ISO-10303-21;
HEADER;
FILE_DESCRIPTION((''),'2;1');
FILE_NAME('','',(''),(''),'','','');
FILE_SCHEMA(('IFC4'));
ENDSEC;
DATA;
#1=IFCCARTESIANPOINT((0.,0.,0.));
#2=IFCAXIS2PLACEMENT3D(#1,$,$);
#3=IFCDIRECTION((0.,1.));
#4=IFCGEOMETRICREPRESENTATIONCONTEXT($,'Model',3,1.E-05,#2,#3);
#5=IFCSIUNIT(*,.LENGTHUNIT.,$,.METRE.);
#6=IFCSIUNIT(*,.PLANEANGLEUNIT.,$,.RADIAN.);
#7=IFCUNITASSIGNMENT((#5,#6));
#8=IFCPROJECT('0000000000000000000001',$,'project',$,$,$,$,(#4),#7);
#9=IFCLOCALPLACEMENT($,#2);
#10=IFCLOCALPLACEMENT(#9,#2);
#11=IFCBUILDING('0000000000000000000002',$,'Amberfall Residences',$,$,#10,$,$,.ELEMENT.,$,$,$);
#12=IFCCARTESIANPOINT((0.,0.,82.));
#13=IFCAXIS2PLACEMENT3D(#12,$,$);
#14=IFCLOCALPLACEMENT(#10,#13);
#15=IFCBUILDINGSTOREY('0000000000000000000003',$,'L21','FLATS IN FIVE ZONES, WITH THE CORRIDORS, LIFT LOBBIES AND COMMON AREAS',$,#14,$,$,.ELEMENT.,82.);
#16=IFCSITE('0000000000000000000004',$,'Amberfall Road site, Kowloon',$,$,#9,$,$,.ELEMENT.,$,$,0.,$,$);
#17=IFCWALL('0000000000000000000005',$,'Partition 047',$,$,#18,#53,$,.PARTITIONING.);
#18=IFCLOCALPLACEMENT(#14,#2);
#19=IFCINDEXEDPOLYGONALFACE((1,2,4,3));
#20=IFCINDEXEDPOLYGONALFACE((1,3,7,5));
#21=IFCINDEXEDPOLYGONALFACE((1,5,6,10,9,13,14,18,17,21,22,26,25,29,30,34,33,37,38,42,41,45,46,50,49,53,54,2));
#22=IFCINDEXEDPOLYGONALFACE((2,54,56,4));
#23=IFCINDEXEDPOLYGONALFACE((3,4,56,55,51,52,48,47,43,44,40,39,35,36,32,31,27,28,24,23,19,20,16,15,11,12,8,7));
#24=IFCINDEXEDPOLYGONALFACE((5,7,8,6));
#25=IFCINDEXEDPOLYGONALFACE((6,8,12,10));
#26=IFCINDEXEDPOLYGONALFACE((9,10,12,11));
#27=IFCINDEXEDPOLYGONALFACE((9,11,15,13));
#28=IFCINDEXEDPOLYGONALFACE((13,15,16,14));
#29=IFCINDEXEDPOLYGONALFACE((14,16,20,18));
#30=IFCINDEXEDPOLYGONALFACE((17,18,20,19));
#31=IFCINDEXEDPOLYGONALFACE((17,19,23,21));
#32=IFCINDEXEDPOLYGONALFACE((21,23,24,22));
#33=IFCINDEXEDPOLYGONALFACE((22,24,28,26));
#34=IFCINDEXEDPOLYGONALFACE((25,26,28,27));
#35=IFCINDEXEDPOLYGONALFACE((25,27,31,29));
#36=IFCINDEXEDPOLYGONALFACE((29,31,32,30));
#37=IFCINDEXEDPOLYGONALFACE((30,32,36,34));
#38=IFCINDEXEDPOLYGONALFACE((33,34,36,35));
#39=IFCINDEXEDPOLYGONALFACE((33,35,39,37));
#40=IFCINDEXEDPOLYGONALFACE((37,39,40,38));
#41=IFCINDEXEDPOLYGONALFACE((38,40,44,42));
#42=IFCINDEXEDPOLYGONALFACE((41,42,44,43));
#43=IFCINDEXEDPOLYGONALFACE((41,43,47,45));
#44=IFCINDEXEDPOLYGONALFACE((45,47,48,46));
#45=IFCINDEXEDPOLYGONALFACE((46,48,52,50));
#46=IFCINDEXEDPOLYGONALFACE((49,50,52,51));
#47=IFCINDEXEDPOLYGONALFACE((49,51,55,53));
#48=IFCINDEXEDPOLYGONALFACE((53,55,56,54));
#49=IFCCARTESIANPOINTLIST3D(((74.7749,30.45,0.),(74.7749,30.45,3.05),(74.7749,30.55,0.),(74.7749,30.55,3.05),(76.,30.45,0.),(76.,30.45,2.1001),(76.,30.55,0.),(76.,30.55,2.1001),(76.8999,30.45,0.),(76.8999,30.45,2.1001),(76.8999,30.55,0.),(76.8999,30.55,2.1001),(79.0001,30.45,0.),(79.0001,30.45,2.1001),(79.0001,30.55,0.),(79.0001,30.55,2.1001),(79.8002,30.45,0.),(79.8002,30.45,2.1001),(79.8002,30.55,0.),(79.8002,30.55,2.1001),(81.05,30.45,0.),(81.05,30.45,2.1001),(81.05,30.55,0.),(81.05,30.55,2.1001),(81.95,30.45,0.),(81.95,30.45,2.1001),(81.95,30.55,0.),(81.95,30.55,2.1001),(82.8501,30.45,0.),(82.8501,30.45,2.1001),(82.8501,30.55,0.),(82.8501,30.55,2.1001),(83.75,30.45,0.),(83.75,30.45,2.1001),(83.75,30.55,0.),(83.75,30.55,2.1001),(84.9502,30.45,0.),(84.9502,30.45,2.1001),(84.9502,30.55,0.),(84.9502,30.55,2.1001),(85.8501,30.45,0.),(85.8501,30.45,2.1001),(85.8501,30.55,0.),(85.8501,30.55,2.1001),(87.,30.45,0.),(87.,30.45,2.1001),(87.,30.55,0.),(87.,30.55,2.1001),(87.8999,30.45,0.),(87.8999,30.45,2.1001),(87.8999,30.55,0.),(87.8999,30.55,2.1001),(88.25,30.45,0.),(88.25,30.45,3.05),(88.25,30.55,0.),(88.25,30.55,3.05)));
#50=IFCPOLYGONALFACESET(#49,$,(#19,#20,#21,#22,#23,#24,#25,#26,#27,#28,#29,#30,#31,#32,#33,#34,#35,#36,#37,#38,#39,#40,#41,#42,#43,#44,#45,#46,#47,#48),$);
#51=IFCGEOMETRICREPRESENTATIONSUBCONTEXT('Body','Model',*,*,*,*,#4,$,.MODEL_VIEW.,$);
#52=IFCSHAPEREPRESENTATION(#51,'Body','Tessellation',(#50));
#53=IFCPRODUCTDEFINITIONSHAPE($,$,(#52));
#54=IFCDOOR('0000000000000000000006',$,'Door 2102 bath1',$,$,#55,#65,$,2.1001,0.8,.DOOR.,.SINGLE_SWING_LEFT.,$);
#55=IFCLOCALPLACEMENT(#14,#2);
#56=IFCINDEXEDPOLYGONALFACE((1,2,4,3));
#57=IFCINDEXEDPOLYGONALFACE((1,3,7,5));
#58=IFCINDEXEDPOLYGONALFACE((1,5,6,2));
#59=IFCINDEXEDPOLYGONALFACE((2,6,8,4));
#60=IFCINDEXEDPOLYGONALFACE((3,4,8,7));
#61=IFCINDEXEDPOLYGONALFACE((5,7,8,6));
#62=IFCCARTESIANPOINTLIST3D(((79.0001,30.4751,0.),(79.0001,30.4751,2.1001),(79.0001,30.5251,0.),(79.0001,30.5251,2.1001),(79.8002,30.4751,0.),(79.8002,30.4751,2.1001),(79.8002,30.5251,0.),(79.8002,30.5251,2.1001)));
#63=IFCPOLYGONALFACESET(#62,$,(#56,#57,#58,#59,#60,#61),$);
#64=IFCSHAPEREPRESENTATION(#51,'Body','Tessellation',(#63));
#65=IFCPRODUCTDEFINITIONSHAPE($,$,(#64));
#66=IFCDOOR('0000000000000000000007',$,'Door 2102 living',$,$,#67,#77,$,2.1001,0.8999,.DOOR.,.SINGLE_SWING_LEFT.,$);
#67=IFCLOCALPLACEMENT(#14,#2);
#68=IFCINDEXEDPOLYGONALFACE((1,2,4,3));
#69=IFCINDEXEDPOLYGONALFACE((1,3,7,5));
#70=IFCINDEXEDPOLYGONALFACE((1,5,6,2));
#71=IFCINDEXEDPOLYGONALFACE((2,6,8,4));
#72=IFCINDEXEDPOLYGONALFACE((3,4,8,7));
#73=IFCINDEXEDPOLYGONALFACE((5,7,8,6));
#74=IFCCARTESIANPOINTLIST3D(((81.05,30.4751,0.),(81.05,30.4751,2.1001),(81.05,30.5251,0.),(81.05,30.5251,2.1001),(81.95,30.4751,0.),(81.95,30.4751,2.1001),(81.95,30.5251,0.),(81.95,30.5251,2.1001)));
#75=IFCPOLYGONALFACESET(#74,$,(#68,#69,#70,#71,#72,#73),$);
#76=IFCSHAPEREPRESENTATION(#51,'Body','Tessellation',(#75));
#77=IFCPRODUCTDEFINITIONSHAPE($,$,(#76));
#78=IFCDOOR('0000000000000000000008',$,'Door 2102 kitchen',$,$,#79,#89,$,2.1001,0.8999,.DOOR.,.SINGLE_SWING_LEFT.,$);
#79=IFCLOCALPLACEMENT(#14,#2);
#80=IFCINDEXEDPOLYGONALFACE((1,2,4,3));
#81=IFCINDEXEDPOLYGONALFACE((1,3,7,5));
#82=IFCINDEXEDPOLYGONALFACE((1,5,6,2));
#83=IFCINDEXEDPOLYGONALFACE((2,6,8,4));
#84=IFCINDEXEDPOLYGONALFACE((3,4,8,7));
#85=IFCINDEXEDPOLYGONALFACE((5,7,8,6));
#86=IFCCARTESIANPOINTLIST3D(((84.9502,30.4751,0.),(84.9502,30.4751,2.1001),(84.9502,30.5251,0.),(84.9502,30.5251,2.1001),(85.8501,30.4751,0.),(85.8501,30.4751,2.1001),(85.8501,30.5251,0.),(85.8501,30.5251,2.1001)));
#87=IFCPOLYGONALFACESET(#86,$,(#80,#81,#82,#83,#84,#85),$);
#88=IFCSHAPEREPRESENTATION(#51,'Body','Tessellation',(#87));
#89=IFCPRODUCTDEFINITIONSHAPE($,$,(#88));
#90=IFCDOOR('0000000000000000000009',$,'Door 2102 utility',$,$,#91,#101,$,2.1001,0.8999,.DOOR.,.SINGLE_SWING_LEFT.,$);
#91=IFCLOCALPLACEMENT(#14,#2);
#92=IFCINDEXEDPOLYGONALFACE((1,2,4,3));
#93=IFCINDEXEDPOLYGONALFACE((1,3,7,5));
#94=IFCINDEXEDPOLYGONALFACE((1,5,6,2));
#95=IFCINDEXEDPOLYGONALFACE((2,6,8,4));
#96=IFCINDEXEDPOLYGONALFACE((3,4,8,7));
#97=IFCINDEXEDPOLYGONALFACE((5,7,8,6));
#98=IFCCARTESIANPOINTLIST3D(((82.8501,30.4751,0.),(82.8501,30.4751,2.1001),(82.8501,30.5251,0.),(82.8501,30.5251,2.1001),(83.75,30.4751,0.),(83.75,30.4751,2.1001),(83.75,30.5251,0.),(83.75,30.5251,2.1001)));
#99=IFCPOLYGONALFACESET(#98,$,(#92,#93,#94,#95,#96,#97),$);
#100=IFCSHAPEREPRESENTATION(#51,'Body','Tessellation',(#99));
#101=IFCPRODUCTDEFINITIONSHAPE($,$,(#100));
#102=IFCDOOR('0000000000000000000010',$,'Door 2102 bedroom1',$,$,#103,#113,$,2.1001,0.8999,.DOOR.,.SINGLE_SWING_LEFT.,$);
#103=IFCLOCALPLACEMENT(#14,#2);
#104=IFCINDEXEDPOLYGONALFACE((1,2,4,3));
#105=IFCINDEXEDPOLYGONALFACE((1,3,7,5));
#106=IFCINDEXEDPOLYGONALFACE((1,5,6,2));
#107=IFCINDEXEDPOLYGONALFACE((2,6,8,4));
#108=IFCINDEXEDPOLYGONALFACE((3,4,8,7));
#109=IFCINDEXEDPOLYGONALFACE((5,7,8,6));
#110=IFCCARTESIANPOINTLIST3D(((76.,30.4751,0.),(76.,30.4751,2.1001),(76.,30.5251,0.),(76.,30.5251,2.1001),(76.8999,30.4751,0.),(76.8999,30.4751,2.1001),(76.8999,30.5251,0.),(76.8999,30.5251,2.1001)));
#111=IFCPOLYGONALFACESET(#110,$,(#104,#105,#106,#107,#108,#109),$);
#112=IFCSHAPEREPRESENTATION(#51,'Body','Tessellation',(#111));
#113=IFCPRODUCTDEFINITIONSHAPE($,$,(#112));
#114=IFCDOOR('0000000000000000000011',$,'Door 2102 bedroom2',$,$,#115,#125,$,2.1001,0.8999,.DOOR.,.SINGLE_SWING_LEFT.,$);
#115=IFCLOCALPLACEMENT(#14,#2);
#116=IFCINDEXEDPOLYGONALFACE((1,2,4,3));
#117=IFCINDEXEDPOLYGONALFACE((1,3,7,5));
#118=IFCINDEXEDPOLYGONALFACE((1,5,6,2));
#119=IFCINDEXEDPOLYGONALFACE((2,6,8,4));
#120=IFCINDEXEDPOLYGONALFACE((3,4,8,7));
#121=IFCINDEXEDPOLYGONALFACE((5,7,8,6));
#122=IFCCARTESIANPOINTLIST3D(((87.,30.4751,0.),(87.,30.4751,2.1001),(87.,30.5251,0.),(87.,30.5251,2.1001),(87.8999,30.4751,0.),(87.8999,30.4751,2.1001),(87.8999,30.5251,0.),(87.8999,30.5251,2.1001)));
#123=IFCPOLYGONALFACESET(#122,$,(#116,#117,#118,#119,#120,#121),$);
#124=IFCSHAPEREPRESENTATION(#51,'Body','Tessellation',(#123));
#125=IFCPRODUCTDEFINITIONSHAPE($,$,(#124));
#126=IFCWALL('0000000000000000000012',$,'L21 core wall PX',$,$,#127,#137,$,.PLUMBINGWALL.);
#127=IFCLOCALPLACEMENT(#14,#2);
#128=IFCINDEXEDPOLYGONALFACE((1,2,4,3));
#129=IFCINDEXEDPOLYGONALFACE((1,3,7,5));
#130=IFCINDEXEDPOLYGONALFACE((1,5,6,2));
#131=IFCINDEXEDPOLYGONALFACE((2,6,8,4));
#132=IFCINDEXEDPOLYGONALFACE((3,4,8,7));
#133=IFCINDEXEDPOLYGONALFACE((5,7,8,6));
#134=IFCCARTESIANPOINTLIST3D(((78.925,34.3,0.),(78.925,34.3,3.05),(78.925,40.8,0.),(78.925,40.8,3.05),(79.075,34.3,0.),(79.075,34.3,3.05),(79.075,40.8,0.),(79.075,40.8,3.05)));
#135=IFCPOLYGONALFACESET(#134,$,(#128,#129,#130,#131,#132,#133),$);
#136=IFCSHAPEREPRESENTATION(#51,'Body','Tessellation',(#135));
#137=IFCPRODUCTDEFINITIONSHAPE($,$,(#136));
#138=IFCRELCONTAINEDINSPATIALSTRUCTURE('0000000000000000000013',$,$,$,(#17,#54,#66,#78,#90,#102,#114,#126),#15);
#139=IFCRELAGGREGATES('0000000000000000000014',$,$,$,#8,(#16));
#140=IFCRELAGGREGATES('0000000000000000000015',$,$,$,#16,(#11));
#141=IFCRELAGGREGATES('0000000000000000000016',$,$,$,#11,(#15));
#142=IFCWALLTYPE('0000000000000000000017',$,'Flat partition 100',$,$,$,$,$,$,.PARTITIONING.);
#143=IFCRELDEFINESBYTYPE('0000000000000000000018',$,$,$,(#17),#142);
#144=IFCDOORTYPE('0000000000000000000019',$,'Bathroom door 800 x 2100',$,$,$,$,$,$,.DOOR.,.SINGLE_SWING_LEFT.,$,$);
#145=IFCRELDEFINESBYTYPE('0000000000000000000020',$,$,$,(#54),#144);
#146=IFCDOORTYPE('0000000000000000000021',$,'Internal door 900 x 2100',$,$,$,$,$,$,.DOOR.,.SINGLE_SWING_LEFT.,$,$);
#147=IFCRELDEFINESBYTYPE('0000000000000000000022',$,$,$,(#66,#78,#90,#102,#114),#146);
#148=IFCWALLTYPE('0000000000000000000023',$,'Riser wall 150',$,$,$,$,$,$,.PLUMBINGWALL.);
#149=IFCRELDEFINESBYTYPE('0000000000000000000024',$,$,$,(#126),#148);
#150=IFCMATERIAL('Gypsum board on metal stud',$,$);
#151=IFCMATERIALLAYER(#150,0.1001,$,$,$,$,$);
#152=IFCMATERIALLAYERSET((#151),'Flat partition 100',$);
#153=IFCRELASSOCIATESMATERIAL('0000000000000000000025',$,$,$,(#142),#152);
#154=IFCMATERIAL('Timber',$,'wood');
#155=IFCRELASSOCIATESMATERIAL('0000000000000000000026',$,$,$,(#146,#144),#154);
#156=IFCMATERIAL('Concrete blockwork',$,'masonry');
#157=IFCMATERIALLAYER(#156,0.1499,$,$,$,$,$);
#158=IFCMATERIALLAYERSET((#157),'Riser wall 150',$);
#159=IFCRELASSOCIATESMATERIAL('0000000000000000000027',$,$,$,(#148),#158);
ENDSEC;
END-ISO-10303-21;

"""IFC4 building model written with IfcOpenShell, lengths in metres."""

from ifc_helpers import new_model, si_unit, direction, frame, frame_2d, origin, place, context, subcontext, project, spatial, rectangle, extrude, material, layer, layer_set, type_object, element, fill, save


model = new_model("IFC4")

# Units and contexts
model_context = context("Model", 3, precision=1e-05, world=origin(), true_north=direction((0.0, 1.0)))
body_context = subcontext(model_context, "Body", "Model", "MODEL_VIEW")
ifc_project = project(units=[si_unit("LENGTHUNIT", "METRE"), si_unit("PLANEANGLEUNIT", "RADIAN")], contexts=[model_context])

# Site, building, storey
site_placement = place(None, origin())
site = spatial("IfcSite", under=ifc_project, at=site_placement, Name="Amberfall Road site, Kowloon", CompositionType="ELEMENT", RefElevation=0.0)
building_placement = place(site_placement, origin())
building = spatial("IfcBuilding", under=site, at=building_placement, Name="Amberfall Residences", CompositionType="ELEMENT")
storey_placement = place(building_placement, frame((0.0, 0.0, 82.0)))
storey = spatial("IfcBuildingStorey", under=building, at=storey_placement, Name="L21", Description="FLATS IN FIVE ZONES, WITH THE CORRIDORS, LIFT LOBBIES AND COMMON AREAS", CompositionType="ELEMENT", Elevation=82.0)

# Shared definitions
ifc_material_1 = material(Name="Gypsum board on metal stud")
ifc_layer_1 = layer(ifc_material_1, 0.1001)
ifc_layer_set_1 = layer_set([ifc_layer_1], Name="Flat partition 100")
wall_type_1 = type_object("IfcWallType", Name="Flat partition 100", PredefinedType="PARTITIONING", material=ifc_layer_set_1)

# Wall, openings, doors
ifc_material_2 = material(Name="Timber", Category="wood")
door_type_1 = type_object("IfcDoorType", Name="Internal door 900 x 2100", OperationType="SINGLE_SWING_LEFT", PredefinedType="DOOR", material=ifc_material_2)
wall_1_placement = place(storey_placement, frame((88.25, 30.5, 0.0), z_axis=(0.0, 0.0, 1.0), x_axis=(-1.0, 0.0, 0.0)))
wall_1 = element("IfcWall", 1, at=wall_1_placement, inside=storey, type_object=wall_type_1, Name="Partition 047", PredefinedType="PARTITIONING", context=body_context, shape_type="SweptSolid", body=[
    extrude(rectangle(XDim=13.4751, YDim=0.1001, at=frame_2d((6.7375, 0.0))), origin(), (0.0, 0.0, 1.0), 3.05),
])
opening_1_placement = place(wall_1_placement, frame((6.3, 0.0, 0.0)))
opening_1 = element("IfcOpeningElement", 2, at=opening_1_placement, cuts=wall_1, PredefinedType="OPENING", context=body_context, shape_type="SweptSolid", body=[
    extrude(rectangle(XDim=0.8999, YDim=2.1001, at=frame_2d((0.45, 1.05))), frame((0.0, 0.0601, 0.0), z_axis=(0.0, -1.0, 0.0), x_axis=(1.0, 0.0, 0.0)), (0.0, 0.0, 1.0), 0.1201),
])
opening_2_placement = place(wall_1_placement, frame((2.3999, 0.0, 0.0)))
opening_2 = element("IfcOpeningElement", 3, at=opening_2_placement, cuts=wall_1, PredefinedType="OPENING", context=body_context, shape_type="SweptSolid", body=[
    extrude(rectangle(XDim=0.8999, YDim=2.1001, at=frame_2d((0.45, 1.05))), frame((0.0, 0.0601, 0.0), z_axis=(0.0, -1.0, 0.0), x_axis=(1.0, 0.0, 0.0)), (0.0, 0.0, 1.0), 0.1201),
])
opening_3_placement = place(wall_1_placement, frame((4.5, 0.0, 0.0)))
opening_3 = element("IfcOpeningElement", 4, at=opening_3_placement, cuts=wall_1, PredefinedType="OPENING", context=body_context, shape_type="SweptSolid", body=[
    extrude(rectangle(XDim=0.8999, YDim=2.1001, at=frame_2d((0.45, 1.05))), frame((0.0, 0.0601, 0.0), z_axis=(0.0, -1.0, 0.0), x_axis=(1.0, 0.0, 0.0)), (0.0, 0.0, 1.0), 0.1201),
])
opening_4_placement = place(wall_1_placement, frame((11.3501, 0.0, 0.0)))
opening_4 = element("IfcOpeningElement", 5, at=opening_4_placement, cuts=wall_1, PredefinedType="OPENING", context=body_context, shape_type="SweptSolid", body=[
    extrude(rectangle(XDim=0.8999, YDim=2.1001, at=frame_2d((0.45, 1.05))), frame((0.0, 0.0601, 0.0), z_axis=(0.0, -1.0, 0.0), x_axis=(1.0, 0.0, 0.0)), (0.0, 0.0, 1.0), 0.1201),
])
opening_5_placement = place(wall_1_placement, frame((0.3501, 0.0, 0.0)))
opening_5 = element("IfcOpeningElement", 6, at=opening_5_placement, cuts=wall_1, PredefinedType="OPENING", context=body_context, shape_type="SweptSolid", body=[
    extrude(rectangle(XDim=0.8999, YDim=2.1001, at=frame_2d((0.45, 1.05))), frame((0.0, 0.0601, 0.0), z_axis=(0.0, -1.0, 0.0), x_axis=(1.0, 0.0, 0.0)), (0.0, 0.0, 1.0), 0.1201),
])
opening_6_placement = place(wall_1_placement, frame((8.45, 0.0, 0.0)))
opening_6 = element("IfcOpeningElement", 7, at=opening_6_placement, cuts=wall_1, PredefinedType="OPENING", context=body_context, shape_type="SweptSolid", body=[
    extrude(rectangle(XDim=0.8, YDim=2.1001, at=frame_2d((0.3999, 1.05))), frame((0.0, 0.0601, 0.0), z_axis=(0.0, -1.0, 0.0), x_axis=(1.0, 0.0, 0.0)), (0.0, 0.0, 1.0), 0.1201),
])
door_type_2 = type_object("IfcDoorType", Name="Bathroom door 800 x 2100", OperationType="SINGLE_SWING_LEFT", PredefinedType="DOOR", material=ifc_material_2)
door_1_placement = place(opening_6_placement, origin())
door_1 = element("IfcDoor", 8, at=door_1_placement, inside=storey, type_object=door_type_2, Name="Door 2102 bath1", OperationType="SINGLE_SWING_LEFT", OverallHeight=2.1001, OverallWidth=0.8, PredefinedType="DOOR", context=body_context, shape_type="SweptSolid", body=[
    extrude(rectangle(XDim=0.8, YDim=2.1001, at=frame_2d((0.3999, 1.05))), frame((0.0, 0.0249, 0.0), z_axis=(0.0, -1.0, 0.0), x_axis=(1.0, 0.0, 0.0)), (0.0, 0.0, 1.0), 0.05),
])
fill(opening_6, door_1)
door_2_placement = place(opening_1_placement, origin())
door_2 = element("IfcDoor", 9, at=door_2_placement, inside=storey, type_object=door_type_1, Name="Door 2102 living", OperationType="SINGLE_SWING_LEFT", OverallHeight=2.1001, OverallWidth=0.8999, PredefinedType="DOOR", context=body_context, shape_type="SweptSolid", body=[
    extrude(rectangle(XDim=0.8999, YDim=2.1001, at=frame_2d((0.45, 1.05))), frame((0.0, 0.0249, 0.0), z_axis=(0.0, -1.0, 0.0), x_axis=(1.0, 0.0, 0.0)), (0.0, 0.0, 1.0), 0.05),
])
fill(opening_1, door_2)
door_3_placement = place(opening_2_placement, origin())
door_3 = element("IfcDoor", 10, at=door_3_placement, inside=storey, type_object=door_type_1, Name="Door 2102 kitchen", OperationType="SINGLE_SWING_LEFT", OverallHeight=2.1001, OverallWidth=0.8999, PredefinedType="DOOR", context=body_context, shape_type="SweptSolid", body=[
    extrude(rectangle(XDim=0.8999, YDim=2.1001, at=frame_2d((0.45, 1.05))), frame((0.0, 0.0249, 0.0), z_axis=(0.0, -1.0, 0.0), x_axis=(1.0, 0.0, 0.0)), (0.0, 0.0, 1.0), 0.05),
])
fill(opening_2, door_3)
door_4_placement = place(opening_3_placement, origin())
door_4 = element("IfcDoor", 11, at=door_4_placement, inside=storey, type_object=door_type_1, Name="Door 2102 utility", OperationType="SINGLE_SWING_LEFT", OverallHeight=2.1001, OverallWidth=0.8999, PredefinedType="DOOR", context=body_context, shape_type="SweptSolid", body=[
    extrude(rectangle(XDim=0.8999, YDim=2.1001, at=frame_2d((0.45, 1.05))), frame((0.0, 0.0249, 0.0), z_axis=(0.0, -1.0, 0.0), x_axis=(1.0, 0.0, 0.0)), (0.0, 0.0, 1.0), 0.05),
])
fill(opening_3, door_4)
door_5_placement = place(opening_4_placement, origin())
door_5 = element("IfcDoor", 12, at=door_5_placement, inside=storey, type_object=door_type_1, Name="Door 2102 bedroom1", OperationType="SINGLE_SWING_LEFT", OverallHeight=2.1001, OverallWidth=0.8999, PredefinedType="DOOR", context=body_context, shape_type="SweptSolid", body=[
    extrude(rectangle(XDim=0.8999, YDim=2.1001, at=frame_2d((0.45, 1.05))), frame((0.0, 0.0249, 0.0), z_axis=(0.0, -1.0, 0.0), x_axis=(1.0, 0.0, 0.0)), (0.0, 0.0, 1.0), 0.05),
])
fill(opening_4, door_5)
door_6_placement = place(opening_5_placement, origin())
door_6 = element("IfcDoor", 13, at=door_6_placement, inside=storey, type_object=door_type_1, Name="Door 2102 bedroom2", OperationType="SINGLE_SWING_LEFT", OverallHeight=2.1001, OverallWidth=0.8999, PredefinedType="DOOR", context=body_context, shape_type="SweptSolid", body=[
    extrude(rectangle(XDim=0.8999, YDim=2.1001, at=frame_2d((0.45, 1.05))), frame((0.0, 0.0249, 0.0), z_axis=(0.0, -1.0, 0.0), x_axis=(1.0, 0.0, 0.0)), (0.0, 0.0, 1.0), 0.05),
])
fill(opening_5, door_6)

# Wall
ifc_material_3 = material(Name="Concrete blockwork", Category="masonry")
ifc_layer_2 = layer(ifc_material_3, 0.1499)
ifc_layer_set_2 = layer_set([ifc_layer_2], Name="Riser wall 150")
wall_type_2 = type_object("IfcWallType", Name="Riser wall 150", PredefinedType="PLUMBINGWALL", material=ifc_layer_set_2)
wall_2_placement = place(storey_placement, frame((79.0, 34.3, 0.0), z_axis=(0.0, 0.0, 1.0), x_axis=(0.0, 1.0, 0.0)))
element("IfcWall", 14, at=wall_2_placement, inside=storey, type_object=wall_type_2, Name="L21 core wall PX", PredefinedType="PLUMBINGWALL", context=body_context, shape_type="SweptSolid", body=[
    extrude(rectangle(XDim=6.5, YDim=0.1499, at=frame_2d((3.25, 0.0))), origin(), (0.0, 0.0, 1.0), 3.05),
])

save(model, "model.ifc")
